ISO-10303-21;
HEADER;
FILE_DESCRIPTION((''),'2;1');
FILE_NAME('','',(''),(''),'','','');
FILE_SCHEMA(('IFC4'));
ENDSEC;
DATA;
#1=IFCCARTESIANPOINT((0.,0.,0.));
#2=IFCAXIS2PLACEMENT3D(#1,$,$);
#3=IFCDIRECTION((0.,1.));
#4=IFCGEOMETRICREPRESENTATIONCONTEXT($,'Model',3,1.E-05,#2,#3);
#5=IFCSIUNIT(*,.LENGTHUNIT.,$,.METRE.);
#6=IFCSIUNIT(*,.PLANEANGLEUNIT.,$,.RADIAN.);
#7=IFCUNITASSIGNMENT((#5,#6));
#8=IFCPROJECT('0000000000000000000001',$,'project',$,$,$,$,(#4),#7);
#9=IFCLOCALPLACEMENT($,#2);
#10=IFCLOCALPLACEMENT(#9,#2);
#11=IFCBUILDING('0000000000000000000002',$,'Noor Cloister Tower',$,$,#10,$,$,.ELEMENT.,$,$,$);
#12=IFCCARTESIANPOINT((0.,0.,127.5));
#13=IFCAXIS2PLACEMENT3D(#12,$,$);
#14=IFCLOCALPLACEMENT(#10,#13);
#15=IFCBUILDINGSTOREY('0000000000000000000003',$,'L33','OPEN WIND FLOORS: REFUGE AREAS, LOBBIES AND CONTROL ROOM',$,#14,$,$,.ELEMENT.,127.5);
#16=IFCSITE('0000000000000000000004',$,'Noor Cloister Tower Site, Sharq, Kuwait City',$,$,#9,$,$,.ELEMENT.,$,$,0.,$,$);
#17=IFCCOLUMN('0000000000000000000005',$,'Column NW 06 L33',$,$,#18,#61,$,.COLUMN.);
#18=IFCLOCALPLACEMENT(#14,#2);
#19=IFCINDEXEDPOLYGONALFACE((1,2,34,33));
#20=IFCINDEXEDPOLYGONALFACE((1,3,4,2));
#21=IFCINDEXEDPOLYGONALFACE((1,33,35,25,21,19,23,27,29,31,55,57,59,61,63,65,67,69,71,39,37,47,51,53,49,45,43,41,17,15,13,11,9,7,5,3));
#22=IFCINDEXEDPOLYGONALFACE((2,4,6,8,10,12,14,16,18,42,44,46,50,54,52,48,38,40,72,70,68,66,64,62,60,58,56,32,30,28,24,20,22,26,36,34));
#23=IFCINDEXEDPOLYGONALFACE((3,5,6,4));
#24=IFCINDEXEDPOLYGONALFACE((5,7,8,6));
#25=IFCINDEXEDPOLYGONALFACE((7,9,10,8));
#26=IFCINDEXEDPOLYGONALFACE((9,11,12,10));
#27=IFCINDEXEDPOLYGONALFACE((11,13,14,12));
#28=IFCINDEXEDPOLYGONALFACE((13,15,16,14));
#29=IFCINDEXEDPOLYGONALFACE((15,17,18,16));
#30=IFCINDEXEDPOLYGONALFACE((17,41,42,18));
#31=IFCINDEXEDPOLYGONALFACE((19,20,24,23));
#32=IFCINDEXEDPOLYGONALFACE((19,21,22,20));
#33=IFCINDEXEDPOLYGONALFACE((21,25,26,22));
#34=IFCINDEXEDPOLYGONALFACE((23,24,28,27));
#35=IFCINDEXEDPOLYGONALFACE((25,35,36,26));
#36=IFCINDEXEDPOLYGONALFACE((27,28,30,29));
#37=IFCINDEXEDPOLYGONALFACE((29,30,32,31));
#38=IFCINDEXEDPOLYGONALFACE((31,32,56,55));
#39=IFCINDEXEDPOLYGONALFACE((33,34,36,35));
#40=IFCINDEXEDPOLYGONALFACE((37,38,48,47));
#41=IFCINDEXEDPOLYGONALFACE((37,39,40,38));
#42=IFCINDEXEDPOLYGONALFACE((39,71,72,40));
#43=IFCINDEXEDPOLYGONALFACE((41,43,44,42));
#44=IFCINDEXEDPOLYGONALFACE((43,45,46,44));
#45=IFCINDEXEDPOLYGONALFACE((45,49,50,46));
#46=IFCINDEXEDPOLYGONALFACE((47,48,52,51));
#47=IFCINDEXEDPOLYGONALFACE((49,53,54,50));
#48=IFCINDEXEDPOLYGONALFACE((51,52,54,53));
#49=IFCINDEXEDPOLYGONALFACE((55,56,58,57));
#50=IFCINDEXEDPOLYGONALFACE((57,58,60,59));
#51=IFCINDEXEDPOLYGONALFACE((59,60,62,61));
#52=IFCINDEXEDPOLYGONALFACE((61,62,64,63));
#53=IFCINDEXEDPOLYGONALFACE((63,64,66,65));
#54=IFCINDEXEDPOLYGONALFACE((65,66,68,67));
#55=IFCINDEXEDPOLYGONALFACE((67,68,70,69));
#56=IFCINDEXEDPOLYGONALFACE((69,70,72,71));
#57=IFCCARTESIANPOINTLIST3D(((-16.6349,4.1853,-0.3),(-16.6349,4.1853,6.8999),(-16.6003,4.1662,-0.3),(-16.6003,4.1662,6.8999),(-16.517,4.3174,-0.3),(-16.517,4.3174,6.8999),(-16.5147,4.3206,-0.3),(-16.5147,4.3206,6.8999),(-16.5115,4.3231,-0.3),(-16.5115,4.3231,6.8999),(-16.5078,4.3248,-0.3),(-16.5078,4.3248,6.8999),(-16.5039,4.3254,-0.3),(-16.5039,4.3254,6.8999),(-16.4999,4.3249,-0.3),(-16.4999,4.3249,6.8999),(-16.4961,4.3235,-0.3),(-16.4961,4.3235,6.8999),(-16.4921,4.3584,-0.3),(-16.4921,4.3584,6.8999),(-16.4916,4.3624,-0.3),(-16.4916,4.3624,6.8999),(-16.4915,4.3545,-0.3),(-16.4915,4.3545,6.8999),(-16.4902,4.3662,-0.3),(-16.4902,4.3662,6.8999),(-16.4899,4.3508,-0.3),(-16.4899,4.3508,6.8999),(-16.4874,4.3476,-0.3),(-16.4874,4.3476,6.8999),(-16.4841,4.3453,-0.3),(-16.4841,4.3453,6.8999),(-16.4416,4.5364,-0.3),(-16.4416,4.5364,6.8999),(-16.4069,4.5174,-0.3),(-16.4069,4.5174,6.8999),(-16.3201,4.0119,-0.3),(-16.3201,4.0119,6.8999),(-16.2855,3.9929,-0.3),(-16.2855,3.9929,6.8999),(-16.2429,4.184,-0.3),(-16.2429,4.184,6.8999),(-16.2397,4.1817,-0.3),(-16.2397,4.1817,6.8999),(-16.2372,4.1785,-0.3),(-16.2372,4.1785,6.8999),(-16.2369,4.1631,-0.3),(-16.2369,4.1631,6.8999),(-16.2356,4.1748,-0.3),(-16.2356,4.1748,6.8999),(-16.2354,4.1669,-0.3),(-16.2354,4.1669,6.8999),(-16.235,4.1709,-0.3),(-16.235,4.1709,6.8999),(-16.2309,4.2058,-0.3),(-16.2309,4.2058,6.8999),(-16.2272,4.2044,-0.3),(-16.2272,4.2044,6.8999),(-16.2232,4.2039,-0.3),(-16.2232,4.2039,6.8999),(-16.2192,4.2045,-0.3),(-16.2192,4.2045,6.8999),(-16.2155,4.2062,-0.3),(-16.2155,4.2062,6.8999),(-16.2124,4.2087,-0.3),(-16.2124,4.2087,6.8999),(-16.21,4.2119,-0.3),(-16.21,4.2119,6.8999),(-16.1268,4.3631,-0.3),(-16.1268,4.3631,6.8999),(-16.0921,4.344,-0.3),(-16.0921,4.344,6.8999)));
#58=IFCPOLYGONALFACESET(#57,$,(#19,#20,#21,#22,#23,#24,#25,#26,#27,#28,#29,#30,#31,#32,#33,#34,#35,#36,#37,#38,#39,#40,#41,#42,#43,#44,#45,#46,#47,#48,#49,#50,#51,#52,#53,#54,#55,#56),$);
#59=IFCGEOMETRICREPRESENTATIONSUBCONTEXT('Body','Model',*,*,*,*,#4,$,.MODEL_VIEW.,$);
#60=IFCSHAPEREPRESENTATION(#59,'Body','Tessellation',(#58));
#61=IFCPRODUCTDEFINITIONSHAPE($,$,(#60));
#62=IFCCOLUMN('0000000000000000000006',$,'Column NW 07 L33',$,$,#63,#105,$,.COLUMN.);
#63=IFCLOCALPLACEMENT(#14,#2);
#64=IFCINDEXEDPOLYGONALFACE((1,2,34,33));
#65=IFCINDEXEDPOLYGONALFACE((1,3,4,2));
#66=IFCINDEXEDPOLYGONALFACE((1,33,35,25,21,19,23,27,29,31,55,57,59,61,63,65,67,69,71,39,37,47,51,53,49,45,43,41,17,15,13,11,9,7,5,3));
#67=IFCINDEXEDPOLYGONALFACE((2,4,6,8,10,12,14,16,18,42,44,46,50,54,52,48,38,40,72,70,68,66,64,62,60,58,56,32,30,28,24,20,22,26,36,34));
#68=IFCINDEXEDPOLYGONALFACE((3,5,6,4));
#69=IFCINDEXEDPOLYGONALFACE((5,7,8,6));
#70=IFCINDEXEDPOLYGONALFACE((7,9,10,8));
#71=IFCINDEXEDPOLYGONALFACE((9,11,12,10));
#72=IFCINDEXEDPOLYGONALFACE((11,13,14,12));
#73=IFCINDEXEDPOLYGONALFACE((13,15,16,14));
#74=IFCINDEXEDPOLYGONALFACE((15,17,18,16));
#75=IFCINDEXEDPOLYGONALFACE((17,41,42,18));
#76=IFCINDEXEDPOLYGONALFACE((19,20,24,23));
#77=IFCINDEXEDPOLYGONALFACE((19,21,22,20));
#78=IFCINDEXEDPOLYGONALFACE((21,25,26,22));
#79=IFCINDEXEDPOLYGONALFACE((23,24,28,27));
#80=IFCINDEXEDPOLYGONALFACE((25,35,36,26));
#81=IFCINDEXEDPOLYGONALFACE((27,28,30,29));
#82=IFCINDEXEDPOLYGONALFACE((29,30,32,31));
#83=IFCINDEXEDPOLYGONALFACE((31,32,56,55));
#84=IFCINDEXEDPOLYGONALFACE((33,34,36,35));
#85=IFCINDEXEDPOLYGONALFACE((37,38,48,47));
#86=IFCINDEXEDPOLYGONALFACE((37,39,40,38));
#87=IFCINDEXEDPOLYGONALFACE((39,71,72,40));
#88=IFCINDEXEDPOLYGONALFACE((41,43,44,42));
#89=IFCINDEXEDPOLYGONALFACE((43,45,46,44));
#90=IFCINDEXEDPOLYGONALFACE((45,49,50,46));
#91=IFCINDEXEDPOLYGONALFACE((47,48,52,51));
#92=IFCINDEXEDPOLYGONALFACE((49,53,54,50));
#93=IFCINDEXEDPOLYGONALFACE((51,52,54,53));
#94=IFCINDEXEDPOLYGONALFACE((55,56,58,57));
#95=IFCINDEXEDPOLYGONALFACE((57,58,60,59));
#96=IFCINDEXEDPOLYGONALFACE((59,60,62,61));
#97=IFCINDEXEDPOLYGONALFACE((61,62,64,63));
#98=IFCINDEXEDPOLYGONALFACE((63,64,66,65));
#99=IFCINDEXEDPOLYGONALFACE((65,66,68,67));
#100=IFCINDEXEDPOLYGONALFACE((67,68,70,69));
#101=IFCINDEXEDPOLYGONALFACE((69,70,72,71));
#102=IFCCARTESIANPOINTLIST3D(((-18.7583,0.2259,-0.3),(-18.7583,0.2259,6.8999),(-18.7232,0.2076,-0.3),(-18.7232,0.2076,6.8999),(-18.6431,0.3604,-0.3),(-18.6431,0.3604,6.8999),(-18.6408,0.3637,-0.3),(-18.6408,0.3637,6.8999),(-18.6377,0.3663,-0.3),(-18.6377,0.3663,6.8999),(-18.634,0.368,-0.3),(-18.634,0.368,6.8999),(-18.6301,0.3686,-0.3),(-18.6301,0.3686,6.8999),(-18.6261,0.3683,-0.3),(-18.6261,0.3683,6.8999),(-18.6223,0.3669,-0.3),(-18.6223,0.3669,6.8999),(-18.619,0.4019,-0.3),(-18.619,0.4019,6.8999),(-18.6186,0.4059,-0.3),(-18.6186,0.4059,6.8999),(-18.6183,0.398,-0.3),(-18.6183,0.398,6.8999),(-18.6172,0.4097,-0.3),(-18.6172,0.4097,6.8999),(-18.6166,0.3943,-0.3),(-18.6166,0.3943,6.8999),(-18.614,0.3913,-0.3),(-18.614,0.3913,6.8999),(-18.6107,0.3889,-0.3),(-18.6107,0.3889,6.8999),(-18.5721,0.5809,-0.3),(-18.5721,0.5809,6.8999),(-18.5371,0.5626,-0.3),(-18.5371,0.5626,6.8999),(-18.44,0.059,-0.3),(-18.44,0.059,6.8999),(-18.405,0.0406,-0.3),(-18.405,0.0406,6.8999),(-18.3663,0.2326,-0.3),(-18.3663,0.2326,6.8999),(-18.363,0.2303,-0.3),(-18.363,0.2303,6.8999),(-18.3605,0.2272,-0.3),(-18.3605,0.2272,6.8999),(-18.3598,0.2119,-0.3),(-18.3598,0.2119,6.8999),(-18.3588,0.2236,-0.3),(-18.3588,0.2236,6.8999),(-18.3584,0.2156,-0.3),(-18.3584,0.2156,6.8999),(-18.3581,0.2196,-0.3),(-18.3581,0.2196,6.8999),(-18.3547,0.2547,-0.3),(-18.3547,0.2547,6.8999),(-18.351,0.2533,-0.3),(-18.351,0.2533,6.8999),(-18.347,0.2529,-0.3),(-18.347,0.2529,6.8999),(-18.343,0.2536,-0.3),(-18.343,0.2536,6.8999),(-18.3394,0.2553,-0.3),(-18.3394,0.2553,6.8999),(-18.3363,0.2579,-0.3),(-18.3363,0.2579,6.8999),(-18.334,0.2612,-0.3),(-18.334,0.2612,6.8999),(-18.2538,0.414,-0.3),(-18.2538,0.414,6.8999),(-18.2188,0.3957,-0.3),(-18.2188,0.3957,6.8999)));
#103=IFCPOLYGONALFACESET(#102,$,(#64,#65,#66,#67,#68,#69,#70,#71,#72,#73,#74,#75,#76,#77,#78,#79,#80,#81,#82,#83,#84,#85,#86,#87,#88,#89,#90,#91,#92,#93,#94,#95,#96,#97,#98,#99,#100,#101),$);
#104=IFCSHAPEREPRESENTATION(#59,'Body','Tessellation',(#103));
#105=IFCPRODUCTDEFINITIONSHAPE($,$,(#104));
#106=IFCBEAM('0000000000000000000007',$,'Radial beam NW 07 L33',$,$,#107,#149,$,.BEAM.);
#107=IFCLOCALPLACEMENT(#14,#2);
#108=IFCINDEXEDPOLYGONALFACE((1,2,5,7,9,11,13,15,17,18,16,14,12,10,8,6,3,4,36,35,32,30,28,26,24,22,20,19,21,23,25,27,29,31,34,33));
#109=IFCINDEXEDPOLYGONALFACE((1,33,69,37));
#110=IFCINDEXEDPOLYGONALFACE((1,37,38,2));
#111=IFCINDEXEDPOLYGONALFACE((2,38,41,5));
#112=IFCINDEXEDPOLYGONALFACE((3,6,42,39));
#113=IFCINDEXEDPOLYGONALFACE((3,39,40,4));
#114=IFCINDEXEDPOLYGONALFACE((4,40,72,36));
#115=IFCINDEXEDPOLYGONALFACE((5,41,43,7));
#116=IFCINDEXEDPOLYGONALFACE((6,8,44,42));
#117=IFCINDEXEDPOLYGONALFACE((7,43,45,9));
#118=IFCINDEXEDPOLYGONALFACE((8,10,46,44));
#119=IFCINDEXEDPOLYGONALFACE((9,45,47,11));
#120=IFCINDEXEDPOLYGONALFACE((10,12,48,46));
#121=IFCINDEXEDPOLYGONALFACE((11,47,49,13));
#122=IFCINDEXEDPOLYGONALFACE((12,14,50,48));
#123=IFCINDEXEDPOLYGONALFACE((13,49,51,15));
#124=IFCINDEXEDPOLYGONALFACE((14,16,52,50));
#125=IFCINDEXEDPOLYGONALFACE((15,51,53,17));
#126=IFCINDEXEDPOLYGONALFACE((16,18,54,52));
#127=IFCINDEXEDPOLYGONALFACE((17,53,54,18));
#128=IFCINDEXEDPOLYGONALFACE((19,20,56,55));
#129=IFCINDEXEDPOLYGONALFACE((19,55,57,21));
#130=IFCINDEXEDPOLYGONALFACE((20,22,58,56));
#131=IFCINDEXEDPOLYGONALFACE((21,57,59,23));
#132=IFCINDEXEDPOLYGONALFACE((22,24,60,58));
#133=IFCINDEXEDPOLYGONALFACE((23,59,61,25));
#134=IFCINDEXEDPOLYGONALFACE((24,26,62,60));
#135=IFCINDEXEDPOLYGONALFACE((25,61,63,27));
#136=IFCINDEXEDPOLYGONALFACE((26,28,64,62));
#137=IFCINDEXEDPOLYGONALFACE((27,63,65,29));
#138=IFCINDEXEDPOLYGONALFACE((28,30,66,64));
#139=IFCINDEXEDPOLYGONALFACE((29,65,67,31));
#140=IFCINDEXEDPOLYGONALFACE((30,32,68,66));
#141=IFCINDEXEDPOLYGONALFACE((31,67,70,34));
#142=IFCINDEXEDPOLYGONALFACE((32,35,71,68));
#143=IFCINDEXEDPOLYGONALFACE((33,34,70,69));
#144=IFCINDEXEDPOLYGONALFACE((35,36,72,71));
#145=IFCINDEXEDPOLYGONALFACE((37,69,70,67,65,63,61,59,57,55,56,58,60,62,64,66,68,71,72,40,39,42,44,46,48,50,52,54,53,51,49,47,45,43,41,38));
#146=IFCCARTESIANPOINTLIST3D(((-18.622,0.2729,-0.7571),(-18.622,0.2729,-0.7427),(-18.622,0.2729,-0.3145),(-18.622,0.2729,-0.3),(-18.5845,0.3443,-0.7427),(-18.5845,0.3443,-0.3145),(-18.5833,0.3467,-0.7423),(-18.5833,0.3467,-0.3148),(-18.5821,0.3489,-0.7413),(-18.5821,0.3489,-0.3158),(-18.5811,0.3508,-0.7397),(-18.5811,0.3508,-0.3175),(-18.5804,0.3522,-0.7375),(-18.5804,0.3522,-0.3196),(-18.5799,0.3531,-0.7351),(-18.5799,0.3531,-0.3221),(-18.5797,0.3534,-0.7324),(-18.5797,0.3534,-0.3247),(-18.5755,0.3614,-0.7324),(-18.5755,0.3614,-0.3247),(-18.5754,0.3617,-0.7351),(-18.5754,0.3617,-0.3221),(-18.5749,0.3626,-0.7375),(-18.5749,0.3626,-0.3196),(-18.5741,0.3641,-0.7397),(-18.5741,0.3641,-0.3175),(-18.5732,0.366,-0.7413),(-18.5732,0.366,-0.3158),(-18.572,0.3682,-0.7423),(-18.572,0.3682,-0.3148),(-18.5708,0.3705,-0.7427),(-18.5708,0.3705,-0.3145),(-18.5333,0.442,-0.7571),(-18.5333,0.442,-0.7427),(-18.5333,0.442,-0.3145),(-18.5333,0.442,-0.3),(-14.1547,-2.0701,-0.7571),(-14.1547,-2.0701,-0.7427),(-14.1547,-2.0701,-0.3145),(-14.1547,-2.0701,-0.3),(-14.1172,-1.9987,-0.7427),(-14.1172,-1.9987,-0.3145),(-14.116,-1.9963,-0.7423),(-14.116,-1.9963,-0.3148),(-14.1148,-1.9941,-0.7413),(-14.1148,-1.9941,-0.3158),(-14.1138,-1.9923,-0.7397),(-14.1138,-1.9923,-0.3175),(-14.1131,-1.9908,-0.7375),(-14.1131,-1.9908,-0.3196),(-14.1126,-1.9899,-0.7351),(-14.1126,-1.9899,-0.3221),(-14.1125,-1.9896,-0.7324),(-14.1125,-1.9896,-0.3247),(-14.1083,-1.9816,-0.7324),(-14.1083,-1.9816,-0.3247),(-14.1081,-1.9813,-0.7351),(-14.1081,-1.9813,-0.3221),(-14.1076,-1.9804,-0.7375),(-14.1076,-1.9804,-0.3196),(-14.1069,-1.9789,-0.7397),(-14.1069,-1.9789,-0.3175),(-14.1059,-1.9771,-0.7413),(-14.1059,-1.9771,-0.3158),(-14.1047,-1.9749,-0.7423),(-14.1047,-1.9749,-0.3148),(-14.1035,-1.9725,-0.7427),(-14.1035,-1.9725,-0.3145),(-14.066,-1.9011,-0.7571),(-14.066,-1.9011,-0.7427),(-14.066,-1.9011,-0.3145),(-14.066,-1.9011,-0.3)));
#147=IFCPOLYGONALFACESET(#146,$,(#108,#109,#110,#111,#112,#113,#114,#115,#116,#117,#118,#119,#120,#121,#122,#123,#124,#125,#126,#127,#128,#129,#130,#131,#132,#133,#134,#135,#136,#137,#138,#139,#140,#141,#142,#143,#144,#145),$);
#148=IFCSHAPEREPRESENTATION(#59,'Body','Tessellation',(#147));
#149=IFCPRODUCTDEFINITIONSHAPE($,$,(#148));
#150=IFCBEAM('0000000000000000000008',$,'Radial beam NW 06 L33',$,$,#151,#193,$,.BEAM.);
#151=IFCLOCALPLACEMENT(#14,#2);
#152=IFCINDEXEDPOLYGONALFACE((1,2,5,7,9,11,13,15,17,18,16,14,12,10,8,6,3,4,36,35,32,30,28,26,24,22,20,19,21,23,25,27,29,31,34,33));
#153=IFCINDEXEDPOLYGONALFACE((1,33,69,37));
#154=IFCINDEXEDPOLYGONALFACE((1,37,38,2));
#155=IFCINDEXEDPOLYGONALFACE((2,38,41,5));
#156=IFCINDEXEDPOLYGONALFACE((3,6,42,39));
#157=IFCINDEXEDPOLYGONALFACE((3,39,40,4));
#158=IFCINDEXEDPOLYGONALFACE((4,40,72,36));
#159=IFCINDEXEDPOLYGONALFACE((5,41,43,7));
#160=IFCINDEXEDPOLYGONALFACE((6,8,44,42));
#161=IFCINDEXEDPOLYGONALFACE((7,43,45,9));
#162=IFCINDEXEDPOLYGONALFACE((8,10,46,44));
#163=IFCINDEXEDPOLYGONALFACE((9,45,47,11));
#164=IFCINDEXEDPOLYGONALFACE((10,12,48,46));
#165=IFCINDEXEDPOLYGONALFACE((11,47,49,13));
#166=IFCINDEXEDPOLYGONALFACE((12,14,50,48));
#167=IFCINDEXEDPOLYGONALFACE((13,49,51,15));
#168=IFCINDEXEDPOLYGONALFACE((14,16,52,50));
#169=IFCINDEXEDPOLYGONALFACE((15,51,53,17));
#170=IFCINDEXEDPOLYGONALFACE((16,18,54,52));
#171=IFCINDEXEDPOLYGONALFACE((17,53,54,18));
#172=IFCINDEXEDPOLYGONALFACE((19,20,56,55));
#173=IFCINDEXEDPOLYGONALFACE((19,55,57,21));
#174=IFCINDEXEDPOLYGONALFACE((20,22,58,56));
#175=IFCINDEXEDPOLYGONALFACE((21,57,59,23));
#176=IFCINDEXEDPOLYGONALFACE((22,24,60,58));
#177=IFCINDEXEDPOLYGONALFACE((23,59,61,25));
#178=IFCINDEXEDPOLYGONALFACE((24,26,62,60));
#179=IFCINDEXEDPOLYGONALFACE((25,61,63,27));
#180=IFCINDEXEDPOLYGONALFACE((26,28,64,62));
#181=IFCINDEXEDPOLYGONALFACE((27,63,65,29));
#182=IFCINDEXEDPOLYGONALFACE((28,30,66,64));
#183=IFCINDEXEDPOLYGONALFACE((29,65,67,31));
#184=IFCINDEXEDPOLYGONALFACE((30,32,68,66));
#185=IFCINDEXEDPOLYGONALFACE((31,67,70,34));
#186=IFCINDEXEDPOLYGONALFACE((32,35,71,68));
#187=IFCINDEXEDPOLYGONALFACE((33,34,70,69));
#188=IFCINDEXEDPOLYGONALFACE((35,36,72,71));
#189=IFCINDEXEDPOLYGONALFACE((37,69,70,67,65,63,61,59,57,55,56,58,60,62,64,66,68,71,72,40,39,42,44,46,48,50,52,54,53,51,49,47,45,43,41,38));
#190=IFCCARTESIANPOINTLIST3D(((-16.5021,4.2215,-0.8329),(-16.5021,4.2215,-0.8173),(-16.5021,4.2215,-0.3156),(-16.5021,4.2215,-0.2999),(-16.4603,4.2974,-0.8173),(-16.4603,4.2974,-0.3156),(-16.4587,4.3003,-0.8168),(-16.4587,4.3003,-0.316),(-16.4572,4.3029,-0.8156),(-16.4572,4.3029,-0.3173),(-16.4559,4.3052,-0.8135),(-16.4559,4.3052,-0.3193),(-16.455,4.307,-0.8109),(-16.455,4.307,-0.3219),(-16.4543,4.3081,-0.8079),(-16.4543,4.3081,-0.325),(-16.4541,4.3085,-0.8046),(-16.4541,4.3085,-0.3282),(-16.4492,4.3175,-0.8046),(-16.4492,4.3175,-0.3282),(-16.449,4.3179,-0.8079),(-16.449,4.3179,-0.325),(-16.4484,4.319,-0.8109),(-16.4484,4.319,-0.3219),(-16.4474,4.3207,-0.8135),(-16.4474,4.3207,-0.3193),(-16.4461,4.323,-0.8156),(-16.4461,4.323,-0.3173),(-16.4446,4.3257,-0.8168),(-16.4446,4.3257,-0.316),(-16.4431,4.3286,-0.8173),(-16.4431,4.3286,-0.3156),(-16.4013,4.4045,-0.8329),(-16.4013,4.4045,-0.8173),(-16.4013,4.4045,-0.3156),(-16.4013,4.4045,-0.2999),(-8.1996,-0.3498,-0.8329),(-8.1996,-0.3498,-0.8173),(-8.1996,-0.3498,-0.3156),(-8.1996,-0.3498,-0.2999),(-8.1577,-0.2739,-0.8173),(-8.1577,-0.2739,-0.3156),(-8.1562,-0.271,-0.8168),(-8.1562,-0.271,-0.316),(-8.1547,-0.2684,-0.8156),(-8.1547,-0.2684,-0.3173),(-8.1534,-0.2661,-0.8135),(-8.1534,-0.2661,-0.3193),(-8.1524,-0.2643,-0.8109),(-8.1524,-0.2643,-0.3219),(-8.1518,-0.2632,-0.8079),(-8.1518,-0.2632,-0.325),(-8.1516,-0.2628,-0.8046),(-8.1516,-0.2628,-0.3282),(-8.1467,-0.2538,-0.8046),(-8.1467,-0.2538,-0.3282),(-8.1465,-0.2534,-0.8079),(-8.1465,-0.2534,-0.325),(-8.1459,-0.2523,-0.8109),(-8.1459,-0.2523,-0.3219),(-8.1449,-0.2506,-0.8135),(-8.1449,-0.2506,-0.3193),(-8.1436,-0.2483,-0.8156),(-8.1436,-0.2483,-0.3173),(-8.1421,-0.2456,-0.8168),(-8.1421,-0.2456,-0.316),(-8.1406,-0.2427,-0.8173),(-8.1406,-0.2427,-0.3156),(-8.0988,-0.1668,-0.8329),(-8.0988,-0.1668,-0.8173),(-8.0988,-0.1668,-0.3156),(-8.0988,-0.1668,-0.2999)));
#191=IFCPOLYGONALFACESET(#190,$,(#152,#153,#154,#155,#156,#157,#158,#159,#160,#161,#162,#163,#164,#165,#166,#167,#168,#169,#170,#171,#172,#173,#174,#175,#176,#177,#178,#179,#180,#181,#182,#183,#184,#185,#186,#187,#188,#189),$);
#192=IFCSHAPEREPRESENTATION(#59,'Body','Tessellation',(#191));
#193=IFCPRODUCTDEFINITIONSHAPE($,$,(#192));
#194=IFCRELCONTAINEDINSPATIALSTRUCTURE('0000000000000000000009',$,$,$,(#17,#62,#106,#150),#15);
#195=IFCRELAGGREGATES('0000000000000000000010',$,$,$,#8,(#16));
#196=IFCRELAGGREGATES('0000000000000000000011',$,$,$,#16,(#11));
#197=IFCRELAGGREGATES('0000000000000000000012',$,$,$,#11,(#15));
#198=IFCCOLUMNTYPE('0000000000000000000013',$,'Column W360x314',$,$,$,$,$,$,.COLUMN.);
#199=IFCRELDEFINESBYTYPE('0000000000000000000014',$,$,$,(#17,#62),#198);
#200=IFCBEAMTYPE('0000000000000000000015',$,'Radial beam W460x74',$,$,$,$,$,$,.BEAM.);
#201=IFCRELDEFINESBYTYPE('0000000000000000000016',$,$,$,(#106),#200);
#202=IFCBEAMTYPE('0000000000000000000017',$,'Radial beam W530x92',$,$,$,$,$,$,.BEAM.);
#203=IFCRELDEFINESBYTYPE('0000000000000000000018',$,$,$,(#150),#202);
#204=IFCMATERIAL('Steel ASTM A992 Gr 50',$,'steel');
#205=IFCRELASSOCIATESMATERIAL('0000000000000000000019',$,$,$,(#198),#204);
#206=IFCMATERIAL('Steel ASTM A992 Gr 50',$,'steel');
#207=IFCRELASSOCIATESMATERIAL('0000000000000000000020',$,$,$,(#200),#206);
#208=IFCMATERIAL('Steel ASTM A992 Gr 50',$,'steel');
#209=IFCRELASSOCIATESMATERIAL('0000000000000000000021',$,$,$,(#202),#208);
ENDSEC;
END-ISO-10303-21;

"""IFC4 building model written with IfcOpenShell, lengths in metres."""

from ifc_helpers import new_model, si_unit, direction, frame, origin, origin_2d, place, context, subcontext, project, spatial, i_section, extrude, material, material_profile, profile_set, type_object, element, save


model = new_model("IFC4")

# Units and contexts
model_context = context("Model", 3, precision=1e-05, world=origin(), true_north=direction((0.0, 1.0)))
body_context = subcontext(model_context, "Body", "Model", "MODEL_VIEW")
ifc_project = project(units=[si_unit("LENGTHUNIT", "METRE"), si_unit("PLANEANGLEUNIT", "RADIAN")], contexts=[model_context])

# Site, building, storey
site_placement = place(None, origin())
site = spatial("IfcSite", under=ifc_project, at=site_placement, Name="Noor Cloister Tower Site, Sharq, Kuwait City", CompositionType="ELEMENT", RefElevation=0.0)
building_placement = place(site_placement, origin())
building = spatial("IfcBuilding", under=site, at=building_placement, Name="Noor Cloister Tower", CompositionType="ELEMENT")
storey_placement = place(building_placement, frame((0.0, 0.0, 127.5)))
storey = spatial("IfcBuildingStorey", under=building, at=storey_placement, Name="L33", Description="OPEN WIND FLOORS: REFUGE AREAS, LOBBIES AND CONTROL ROOM", CompositionType="ELEMENT", Elevation=127.5)

# Columns
ifc_material_1 = material(Name="Steel ASTM A992 Gr 50", Category="steel")
ifc_material_profile_1 = material_profile(ifc_material_1, i_section(OverallWidth=0.4009, OverallDepth=0.3989, WebThickness=0.0249, FlangeThickness=0.0396, FilletRadius=0.0154, at=origin_2d()), Name="W360x314")
ifc_profile_set_1 = profile_set([ifc_material_profile_1], Name="Steel ASTM A992 Gr 50")
column_type = type_object("IfcColumnType", Name="Column W360x314", PredefinedType="COLUMN", material=ifc_profile_set_1)
for number, where, z_axis, x_axis, name in (
    (1, (-16.3635, 4.2646, -0.3), (0.0, 0.0, 1.0), (-0.482322, -0.875994, 0.0), "Column NW 06 L33"),
    (2, (-18.4885, 0.3108, -0.3), (0.0, 0.0, 1.0), (-0.464446, -0.885601, 0.0), "Column NW 07 L33"),
):
    element("IfcColumn", number, at=place(storey_placement, frame(where, z_axis=z_axis, x_axis=x_axis)), inside=storey, type_object=column_type, Name=name, PredefinedType="COLUMN", context=body_context, shape_type="SweptSolid", body=[
        extrude(i_section(OverallWidth=0.4009, OverallDepth=0.3989, WebThickness=0.0249, FlangeThickness=0.0396, FilletRadius=0.0154, at=origin_2d()), origin(), (0.0, 0.0, 1.0), 7.2),
    ])

# Beams
ifc_material_2 = material(Name="Steel ASTM A992 Gr 50", Category="steel")
ifc_material_profile_2 = material_profile(ifc_material_2, i_section(OverallWidth=0.1909, OverallDepth=0.457, WebThickness=0.009, FlangeThickness=0.0144, FilletRadius=0.0103, at=origin_2d()), Name="W460x74")
ifc_profile_set_2 = profile_set([ifc_material_profile_2], Name="Steel ASTM A992 Gr 50")
beam_type_1 = type_object("IfcBeamType", Name="Radial beam W460x74", PredefinedType="BEAM", material=ifc_profile_set_2)
beam_1_placement = place(storey_placement, frame((-18.5776, 0.3574, -0.5286), z_axis=(0.885586, -0.464475, 0.0), x_axis=(0.464475, 0.885586, 0.0)))
element("IfcBeam", 3, at=beam_1_placement, inside=storey, type_object=beam_type_1, Name="Radial beam NW 07 L33", PredefinedType="BEAM", context=body_context, shape_type="SweptSolid", body=[
    extrude(i_section(OverallWidth=0.1909, OverallDepth=0.457, WebThickness=0.009, FlangeThickness=0.0144, FilletRadius=0.0103, at=origin_2d()), origin(), (0.0, 0.0, 1.0), 5.0444),
])
ifc_material_3 = material(Name="Steel ASTM A992 Gr 50", Category="steel")
ifc_material_profile_3 = material_profile(ifc_material_3, i_section(OverallWidth=0.209, OverallDepth=0.533, WebThickness=0.0103, FlangeThickness=0.0156, FilletRadius=0.0127, at=origin_2d()), Name="W530x92")
ifc_profile_set_3 = profile_set([ifc_material_profile_3], Name="Steel ASTM A992 Gr 50")
beam_type_2 = type_object("IfcBeamType", Name="Radial beam W530x92", PredefinedType="BEAM", material=ifc_profile_set_3)
beam_2_placement = place(storey_placement, frame((-16.4517, 4.313, -0.5664), z_axis=(0.875997, -0.482317, 0.0), x_axis=(0.482317, 0.875997, 0.0)))
element("IfcBeam", 4, at=beam_2_placement, inside=storey, type_object=beam_type_2, Name="Radial beam NW 06 L33", PredefinedType="BEAM", context=body_context, shape_type="SweptSolid", body=[
    extrude(i_section(OverallWidth=0.209, OverallDepth=0.533, WebThickness=0.0103, FlangeThickness=0.0156, FilletRadius=0.0127, at=origin_2d()), origin(), (0.0, 0.0, 1.0), 9.4778),
])

save(model, "model.ifc")
